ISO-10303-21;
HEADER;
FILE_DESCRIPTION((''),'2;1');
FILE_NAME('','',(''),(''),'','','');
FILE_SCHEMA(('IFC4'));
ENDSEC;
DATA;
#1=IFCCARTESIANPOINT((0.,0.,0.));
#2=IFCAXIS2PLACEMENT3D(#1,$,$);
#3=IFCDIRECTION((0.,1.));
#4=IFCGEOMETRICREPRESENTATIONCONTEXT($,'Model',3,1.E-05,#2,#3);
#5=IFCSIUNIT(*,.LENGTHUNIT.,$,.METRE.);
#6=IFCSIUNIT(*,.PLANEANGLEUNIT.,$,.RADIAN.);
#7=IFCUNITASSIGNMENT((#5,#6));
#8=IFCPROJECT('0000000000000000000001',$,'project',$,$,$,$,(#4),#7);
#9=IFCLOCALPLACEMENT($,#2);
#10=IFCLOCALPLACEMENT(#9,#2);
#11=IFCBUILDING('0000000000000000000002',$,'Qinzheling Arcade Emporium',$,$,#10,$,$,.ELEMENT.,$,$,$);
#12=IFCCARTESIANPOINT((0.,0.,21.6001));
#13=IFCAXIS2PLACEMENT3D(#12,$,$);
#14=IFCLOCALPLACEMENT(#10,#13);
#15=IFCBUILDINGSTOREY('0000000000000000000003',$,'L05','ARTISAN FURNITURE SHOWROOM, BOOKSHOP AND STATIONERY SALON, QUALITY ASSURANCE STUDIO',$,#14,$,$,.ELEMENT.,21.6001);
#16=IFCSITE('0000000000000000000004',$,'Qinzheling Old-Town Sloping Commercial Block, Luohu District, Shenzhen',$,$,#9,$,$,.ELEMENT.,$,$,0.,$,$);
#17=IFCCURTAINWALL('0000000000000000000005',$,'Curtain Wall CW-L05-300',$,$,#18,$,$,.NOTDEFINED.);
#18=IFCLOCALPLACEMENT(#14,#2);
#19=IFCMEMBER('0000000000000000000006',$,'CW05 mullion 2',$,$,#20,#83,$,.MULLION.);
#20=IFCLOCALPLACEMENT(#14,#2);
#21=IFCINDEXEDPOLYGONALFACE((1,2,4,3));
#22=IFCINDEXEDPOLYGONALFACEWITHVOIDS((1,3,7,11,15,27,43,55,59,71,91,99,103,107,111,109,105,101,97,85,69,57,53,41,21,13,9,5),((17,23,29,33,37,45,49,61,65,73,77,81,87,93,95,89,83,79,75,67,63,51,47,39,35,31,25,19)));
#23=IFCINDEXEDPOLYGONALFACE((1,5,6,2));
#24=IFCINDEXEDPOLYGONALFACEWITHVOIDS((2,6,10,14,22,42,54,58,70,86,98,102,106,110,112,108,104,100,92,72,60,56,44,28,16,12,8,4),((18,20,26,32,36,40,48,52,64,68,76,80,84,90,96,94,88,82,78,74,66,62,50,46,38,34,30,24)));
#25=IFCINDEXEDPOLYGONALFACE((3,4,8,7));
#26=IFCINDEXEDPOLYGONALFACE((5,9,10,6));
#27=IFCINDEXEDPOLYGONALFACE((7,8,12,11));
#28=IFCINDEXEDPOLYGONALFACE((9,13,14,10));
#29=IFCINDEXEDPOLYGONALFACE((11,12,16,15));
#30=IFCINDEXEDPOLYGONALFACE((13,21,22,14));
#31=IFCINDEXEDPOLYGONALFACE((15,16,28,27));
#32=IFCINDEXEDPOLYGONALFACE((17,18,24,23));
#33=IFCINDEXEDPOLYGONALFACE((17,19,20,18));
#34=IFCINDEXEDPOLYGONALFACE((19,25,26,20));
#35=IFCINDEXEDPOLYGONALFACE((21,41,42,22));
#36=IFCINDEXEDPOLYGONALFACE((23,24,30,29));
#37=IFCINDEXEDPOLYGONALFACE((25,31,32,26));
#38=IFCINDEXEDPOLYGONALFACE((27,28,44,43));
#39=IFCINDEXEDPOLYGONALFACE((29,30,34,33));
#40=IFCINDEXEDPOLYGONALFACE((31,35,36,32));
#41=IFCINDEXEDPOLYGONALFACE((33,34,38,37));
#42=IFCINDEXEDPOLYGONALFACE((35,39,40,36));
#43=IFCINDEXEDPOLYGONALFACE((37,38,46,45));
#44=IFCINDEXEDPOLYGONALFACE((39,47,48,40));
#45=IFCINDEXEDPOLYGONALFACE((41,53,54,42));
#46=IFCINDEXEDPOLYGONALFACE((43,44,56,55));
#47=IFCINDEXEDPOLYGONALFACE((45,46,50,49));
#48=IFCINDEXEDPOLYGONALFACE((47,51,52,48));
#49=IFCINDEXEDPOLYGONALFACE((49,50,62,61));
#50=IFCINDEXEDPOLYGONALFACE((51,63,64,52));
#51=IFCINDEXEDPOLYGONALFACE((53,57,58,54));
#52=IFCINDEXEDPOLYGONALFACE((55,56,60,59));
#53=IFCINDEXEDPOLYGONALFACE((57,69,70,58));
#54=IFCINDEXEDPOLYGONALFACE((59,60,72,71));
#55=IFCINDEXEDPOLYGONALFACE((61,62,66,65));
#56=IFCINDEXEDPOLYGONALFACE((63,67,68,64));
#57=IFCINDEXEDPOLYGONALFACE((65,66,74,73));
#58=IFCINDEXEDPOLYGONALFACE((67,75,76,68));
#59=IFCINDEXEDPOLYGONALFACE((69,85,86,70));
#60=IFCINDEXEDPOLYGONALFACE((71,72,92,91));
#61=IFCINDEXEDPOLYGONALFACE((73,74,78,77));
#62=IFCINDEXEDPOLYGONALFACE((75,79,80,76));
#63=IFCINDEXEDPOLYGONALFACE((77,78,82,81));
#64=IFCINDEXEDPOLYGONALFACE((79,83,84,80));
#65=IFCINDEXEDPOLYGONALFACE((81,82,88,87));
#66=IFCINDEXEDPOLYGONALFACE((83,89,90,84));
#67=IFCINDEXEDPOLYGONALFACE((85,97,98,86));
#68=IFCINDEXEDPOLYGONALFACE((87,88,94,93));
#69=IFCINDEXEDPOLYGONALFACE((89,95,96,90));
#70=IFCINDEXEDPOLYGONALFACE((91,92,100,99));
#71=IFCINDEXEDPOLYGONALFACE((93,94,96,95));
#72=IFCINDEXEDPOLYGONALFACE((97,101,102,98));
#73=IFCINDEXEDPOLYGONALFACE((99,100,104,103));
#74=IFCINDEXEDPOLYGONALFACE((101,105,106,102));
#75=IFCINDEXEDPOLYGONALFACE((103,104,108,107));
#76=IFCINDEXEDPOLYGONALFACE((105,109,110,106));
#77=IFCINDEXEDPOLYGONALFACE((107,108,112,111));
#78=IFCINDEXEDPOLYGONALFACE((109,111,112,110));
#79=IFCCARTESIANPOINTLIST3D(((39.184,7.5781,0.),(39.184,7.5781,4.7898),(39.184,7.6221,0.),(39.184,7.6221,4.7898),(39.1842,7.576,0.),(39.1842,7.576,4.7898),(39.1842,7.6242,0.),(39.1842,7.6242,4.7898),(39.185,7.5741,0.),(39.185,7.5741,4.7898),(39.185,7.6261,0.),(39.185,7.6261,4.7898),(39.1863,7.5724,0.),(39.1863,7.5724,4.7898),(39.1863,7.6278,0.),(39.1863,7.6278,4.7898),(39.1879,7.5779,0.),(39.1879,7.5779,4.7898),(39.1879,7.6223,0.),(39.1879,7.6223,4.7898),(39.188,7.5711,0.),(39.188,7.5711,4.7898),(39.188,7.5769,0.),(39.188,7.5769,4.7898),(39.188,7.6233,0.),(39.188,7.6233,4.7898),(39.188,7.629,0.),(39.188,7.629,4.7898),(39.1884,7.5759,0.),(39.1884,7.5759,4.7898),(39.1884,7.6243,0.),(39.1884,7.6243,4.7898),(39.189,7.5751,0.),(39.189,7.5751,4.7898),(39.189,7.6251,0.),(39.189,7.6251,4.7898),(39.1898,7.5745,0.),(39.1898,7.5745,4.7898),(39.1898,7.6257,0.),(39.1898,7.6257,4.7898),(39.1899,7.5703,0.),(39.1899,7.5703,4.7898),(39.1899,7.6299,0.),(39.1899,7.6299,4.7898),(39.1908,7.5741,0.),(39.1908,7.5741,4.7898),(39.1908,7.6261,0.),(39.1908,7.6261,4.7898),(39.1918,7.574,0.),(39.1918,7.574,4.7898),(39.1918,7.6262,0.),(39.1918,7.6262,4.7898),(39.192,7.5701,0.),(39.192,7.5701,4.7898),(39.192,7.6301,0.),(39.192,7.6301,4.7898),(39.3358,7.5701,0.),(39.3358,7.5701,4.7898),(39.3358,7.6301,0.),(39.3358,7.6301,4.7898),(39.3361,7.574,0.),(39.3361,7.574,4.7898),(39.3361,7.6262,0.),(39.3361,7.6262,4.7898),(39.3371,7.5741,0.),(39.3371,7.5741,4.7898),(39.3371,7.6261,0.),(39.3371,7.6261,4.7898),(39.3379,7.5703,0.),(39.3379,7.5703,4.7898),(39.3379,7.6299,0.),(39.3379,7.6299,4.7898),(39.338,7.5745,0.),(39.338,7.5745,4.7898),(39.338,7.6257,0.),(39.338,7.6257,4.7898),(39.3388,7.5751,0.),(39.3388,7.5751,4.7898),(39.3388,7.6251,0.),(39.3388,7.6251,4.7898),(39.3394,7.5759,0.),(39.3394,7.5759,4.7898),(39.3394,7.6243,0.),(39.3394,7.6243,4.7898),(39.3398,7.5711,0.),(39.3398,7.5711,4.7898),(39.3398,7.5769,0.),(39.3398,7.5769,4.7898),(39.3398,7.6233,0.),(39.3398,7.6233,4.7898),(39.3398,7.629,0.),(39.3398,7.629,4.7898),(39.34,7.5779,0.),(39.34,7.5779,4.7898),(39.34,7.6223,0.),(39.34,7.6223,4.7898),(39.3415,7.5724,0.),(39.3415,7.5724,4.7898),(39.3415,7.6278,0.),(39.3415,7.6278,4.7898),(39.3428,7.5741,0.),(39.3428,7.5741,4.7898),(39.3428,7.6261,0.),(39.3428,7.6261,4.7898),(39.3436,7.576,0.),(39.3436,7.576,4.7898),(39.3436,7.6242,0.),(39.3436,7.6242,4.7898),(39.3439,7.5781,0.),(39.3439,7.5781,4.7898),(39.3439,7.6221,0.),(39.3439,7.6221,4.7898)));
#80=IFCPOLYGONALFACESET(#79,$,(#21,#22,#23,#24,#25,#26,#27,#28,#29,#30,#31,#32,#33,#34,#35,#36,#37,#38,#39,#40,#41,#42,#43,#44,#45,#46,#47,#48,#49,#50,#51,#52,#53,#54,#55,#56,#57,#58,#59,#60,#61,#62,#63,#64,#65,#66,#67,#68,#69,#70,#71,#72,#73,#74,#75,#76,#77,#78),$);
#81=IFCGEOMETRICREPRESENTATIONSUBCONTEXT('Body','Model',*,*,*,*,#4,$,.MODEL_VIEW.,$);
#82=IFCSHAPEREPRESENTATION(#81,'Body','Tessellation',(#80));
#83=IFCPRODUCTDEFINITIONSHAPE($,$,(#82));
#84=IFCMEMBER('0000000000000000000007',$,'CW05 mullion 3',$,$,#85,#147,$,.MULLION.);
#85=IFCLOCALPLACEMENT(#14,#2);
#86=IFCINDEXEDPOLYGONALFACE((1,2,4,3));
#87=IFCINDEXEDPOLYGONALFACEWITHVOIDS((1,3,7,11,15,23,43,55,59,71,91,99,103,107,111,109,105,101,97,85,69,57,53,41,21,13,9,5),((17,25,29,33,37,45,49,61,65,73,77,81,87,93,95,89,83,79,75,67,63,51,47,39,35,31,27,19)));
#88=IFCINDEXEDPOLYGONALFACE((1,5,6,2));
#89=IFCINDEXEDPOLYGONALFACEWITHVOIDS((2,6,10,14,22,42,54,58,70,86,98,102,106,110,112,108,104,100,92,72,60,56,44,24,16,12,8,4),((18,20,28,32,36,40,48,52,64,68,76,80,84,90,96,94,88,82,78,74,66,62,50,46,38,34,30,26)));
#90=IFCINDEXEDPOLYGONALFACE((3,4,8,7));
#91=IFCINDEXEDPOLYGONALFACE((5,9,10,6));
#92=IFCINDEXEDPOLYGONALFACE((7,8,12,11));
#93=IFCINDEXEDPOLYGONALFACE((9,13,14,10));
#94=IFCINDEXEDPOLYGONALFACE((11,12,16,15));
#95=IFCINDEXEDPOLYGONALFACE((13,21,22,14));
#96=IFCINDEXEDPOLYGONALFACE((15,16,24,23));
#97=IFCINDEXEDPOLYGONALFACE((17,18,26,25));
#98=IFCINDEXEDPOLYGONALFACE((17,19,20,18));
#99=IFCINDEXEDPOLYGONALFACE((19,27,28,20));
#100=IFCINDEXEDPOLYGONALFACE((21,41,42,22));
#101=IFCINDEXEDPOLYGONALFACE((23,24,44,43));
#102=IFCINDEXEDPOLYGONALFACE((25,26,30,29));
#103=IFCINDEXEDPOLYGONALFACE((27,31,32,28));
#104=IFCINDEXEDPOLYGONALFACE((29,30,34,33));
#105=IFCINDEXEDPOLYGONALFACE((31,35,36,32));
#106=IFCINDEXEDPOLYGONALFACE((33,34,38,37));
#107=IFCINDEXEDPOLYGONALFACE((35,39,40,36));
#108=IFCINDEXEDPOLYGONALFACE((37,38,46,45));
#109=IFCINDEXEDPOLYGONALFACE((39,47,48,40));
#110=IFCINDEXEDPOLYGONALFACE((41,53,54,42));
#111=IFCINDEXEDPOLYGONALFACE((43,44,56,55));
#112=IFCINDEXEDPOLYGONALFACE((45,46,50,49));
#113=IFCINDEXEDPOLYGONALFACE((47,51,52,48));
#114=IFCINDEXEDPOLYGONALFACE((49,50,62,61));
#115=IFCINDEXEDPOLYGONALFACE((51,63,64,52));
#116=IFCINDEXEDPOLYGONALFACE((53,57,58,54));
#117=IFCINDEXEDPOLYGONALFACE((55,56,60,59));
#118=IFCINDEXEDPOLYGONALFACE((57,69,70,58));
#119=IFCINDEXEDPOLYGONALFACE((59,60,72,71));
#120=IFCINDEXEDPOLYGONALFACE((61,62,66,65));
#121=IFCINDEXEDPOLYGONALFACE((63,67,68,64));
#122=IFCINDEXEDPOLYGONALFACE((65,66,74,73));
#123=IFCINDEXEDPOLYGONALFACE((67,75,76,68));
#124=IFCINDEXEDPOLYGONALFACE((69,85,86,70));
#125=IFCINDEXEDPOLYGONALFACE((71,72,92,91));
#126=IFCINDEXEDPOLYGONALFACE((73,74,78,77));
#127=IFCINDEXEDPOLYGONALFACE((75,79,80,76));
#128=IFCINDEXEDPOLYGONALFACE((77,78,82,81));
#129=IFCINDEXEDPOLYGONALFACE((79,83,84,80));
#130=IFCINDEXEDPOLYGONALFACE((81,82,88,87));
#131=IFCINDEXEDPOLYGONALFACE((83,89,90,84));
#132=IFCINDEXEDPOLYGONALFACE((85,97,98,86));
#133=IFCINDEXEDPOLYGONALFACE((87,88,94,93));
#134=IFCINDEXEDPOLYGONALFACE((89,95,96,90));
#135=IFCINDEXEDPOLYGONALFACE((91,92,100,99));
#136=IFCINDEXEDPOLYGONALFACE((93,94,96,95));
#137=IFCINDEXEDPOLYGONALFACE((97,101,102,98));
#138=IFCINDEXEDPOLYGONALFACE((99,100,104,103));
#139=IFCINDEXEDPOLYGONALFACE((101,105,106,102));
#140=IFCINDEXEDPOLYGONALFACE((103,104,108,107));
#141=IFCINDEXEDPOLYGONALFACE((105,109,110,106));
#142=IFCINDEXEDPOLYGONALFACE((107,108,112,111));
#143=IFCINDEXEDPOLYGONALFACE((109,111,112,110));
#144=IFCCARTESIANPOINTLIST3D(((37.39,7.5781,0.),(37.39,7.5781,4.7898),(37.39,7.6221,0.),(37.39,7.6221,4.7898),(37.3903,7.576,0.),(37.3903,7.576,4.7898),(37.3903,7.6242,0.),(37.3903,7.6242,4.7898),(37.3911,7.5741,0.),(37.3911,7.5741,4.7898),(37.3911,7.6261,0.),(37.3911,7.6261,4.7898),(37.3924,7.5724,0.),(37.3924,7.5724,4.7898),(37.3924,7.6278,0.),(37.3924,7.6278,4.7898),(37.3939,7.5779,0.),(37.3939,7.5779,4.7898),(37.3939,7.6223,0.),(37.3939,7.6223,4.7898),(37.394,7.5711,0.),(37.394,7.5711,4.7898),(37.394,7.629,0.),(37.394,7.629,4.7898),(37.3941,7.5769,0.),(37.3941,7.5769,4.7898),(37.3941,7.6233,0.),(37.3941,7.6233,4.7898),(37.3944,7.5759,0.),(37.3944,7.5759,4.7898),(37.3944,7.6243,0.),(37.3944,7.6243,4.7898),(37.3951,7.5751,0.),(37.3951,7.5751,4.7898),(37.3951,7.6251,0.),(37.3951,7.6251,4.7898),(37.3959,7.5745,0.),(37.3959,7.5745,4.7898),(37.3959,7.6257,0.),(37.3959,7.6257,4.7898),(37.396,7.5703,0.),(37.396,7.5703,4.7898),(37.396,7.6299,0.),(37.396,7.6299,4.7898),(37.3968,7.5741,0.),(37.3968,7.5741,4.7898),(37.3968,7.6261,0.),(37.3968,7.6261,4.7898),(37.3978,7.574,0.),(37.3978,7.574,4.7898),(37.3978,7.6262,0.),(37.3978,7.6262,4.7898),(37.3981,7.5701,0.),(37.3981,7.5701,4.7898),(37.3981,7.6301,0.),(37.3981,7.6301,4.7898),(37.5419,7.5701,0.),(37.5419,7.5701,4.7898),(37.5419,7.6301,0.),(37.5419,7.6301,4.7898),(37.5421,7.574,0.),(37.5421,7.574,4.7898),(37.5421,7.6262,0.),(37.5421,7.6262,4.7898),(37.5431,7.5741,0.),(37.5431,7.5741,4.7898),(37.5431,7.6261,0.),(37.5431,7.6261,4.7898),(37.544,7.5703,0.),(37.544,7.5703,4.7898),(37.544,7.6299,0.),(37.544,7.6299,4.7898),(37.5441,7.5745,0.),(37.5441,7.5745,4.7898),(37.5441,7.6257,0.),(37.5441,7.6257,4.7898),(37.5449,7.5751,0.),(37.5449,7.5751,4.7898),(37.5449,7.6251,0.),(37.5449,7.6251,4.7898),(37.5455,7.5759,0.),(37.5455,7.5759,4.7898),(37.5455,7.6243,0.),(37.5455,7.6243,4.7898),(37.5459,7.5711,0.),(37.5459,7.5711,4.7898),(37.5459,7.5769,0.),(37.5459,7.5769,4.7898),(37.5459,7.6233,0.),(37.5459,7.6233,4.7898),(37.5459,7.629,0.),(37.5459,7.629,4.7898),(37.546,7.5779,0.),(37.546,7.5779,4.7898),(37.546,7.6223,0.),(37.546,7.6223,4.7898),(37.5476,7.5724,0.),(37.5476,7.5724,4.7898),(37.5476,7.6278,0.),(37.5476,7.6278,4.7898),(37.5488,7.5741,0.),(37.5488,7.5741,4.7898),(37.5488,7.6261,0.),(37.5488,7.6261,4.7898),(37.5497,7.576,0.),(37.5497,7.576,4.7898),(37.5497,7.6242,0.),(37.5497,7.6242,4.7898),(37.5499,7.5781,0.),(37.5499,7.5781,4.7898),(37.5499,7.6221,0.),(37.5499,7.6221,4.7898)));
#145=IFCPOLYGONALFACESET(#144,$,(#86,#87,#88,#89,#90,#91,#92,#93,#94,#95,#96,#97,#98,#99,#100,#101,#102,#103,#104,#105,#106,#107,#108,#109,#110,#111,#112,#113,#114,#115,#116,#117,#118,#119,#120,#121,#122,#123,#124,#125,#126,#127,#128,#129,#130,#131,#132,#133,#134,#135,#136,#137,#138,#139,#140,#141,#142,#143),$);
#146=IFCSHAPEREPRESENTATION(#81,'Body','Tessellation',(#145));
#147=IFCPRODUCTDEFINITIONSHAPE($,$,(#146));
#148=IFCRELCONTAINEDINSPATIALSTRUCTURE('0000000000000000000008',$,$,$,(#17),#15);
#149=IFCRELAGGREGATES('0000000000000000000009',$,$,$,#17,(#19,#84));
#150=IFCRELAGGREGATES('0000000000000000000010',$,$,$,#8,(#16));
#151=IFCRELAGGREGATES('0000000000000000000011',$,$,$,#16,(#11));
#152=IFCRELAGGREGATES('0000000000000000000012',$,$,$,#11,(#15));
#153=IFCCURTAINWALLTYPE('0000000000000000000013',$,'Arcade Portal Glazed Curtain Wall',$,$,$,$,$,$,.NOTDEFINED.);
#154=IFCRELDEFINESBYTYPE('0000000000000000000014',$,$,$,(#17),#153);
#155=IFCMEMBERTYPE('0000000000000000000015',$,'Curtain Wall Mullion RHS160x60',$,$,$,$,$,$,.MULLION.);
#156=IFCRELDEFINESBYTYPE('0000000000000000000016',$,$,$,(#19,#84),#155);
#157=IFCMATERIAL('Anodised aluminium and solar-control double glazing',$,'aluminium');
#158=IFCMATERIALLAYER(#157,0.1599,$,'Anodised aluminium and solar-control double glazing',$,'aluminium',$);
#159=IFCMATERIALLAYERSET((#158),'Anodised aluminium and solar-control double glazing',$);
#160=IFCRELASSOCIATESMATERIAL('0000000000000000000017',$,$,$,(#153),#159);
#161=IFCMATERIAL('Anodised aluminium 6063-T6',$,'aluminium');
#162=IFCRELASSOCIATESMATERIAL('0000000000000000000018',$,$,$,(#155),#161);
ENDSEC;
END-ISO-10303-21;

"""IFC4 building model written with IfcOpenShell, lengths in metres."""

from ifc_helpers import new_model, si_unit, direction, frame, origin, origin_2d, place, context, subcontext, project, spatial, hollow_rectangle, extrude, material, layer, layer_set, material_profile, profile_set, type_object, element, aggregate, save


model = new_model("IFC4")

# Units and contexts
model_context = context("Model", 3, precision=1e-05, world=origin(), true_north=direction((0.0, 1.0)))
body_context = subcontext(model_context, "Body", "Model", "MODEL_VIEW")
ifc_project = project(units=[si_unit("LENGTHUNIT", "METRE"), si_unit("PLANEANGLEUNIT", "RADIAN")], contexts=[model_context])

# Site, building, storey
site_placement = place(None, origin())
site = spatial("IfcSite", under=ifc_project, at=site_placement, Name="Qinzheling Old-Town Sloping Commercial Block, Luohu District, Shenzhen", CompositionType="ELEMENT", RefElevation=0.0)
building_placement = place(site_placement, origin())
building = spatial("IfcBuilding", under=site, at=building_placement, Name="Qinzheling Arcade Emporium", CompositionType="ELEMENT")
storey_placement = place(building_placement, frame((0.0, 0.0, 21.6001)))
storey = spatial("IfcBuildingStorey", under=building, at=storey_placement, Name="L05", Description="ARTISAN FURNITURE SHOWROOM, BOOKSHOP AND STATIONERY SALON, QUALITY ASSURANCE STUDIO", CompositionType="ELEMENT", Elevation=21.6001)

# Shared definitions
ifc_material_1 = material(Name="Anodised aluminium and solar-control double glazing", Category="aluminium")
ifc_layer_1 = layer(ifc_material_1, 0.1599, Name="Anodised aluminium and solar-control double glazing", Category="aluminium")
ifc_layer_set_1 = layer_set([ifc_layer_1], Name="Anodised aluminium and solar-control double glazing")
curtain_wall_type = type_object("IfcCurtainWallType", Name="Arcade Portal Glazed Curtain Wall", PredefinedType="NOTDEFINED", material=ifc_layer_set_1)
ifc_material_2 = material(Name="Anodised aluminium 6063-T6", Category="aluminium")
ifc_material_profile_1 = material_profile(ifc_material_2, hollow_rectangle(XDim=0.0601, YDim=0.1599, WallThickness=0.0039, InnerFilletRadius=0.0039, OuterFilletRadius=0.0081, at=origin_2d()), Name="RHS 160x60x4", Category="aluminium")
ifc_profile_set_1 = profile_set([ifc_material_profile_1], Name="Anodised aluminium 6063-T6")
member_type_1 = type_object("IfcMemberType", Name="Curtain Wall Mullion RHS160x60", PredefinedType="MULLION", material=ifc_profile_set_1)

# Curtain wall, members
curtain_wall_1_placement = place(storey_placement, origin())
curtain_wall_1 = element("IfcCurtainWall", 1, at=curtain_wall_1_placement, inside=storey, type_object=curtain_wall_type, Name="Curtain Wall CW-L05-300", PredefinedType="NOTDEFINED")
member_1_placement = place(storey_placement, frame((39.2639, 7.6001, 0.0), z_axis=(0.0, 0.0, 1.0), x_axis=(0.0, -1.0, 0.0)))
member_1 = element("IfcMember", 2, at=member_1_placement, type_object=member_type_1, Name="CW05 mullion 2", PredefinedType="MULLION", context=body_context, shape_type="SweptSolid", body=[
    extrude(hollow_rectangle(XDim=0.0601, YDim=0.1599, WallThickness=0.0039, InnerFilletRadius=0.0039, OuterFilletRadius=0.0081, at=origin_2d()), origin(), (0.0, 0.0, 1.0), 4.7898),
])
member_2_placement = place(storey_placement, frame((37.47, 7.6001, 0.0), z_axis=(0.0, 0.0, 1.0), x_axis=(0.0, -1.0, 0.0)))
member_2 = element("IfcMember", 3, at=member_2_placement, type_object=member_type_1, Name="CW05 mullion 3", PredefinedType="MULLION", context=body_context, shape_type="SweptSolid", body=[
    extrude(hollow_rectangle(XDim=0.0601, YDim=0.1599, WallThickness=0.0039, InnerFilletRadius=0.0039, OuterFilletRadius=0.0081, at=origin_2d()), origin(), (0.0, 0.0, 1.0), 4.7898),
])
aggregate(curtain_wall_1, [member_1, member_2])

save(model, "model.ifc")
